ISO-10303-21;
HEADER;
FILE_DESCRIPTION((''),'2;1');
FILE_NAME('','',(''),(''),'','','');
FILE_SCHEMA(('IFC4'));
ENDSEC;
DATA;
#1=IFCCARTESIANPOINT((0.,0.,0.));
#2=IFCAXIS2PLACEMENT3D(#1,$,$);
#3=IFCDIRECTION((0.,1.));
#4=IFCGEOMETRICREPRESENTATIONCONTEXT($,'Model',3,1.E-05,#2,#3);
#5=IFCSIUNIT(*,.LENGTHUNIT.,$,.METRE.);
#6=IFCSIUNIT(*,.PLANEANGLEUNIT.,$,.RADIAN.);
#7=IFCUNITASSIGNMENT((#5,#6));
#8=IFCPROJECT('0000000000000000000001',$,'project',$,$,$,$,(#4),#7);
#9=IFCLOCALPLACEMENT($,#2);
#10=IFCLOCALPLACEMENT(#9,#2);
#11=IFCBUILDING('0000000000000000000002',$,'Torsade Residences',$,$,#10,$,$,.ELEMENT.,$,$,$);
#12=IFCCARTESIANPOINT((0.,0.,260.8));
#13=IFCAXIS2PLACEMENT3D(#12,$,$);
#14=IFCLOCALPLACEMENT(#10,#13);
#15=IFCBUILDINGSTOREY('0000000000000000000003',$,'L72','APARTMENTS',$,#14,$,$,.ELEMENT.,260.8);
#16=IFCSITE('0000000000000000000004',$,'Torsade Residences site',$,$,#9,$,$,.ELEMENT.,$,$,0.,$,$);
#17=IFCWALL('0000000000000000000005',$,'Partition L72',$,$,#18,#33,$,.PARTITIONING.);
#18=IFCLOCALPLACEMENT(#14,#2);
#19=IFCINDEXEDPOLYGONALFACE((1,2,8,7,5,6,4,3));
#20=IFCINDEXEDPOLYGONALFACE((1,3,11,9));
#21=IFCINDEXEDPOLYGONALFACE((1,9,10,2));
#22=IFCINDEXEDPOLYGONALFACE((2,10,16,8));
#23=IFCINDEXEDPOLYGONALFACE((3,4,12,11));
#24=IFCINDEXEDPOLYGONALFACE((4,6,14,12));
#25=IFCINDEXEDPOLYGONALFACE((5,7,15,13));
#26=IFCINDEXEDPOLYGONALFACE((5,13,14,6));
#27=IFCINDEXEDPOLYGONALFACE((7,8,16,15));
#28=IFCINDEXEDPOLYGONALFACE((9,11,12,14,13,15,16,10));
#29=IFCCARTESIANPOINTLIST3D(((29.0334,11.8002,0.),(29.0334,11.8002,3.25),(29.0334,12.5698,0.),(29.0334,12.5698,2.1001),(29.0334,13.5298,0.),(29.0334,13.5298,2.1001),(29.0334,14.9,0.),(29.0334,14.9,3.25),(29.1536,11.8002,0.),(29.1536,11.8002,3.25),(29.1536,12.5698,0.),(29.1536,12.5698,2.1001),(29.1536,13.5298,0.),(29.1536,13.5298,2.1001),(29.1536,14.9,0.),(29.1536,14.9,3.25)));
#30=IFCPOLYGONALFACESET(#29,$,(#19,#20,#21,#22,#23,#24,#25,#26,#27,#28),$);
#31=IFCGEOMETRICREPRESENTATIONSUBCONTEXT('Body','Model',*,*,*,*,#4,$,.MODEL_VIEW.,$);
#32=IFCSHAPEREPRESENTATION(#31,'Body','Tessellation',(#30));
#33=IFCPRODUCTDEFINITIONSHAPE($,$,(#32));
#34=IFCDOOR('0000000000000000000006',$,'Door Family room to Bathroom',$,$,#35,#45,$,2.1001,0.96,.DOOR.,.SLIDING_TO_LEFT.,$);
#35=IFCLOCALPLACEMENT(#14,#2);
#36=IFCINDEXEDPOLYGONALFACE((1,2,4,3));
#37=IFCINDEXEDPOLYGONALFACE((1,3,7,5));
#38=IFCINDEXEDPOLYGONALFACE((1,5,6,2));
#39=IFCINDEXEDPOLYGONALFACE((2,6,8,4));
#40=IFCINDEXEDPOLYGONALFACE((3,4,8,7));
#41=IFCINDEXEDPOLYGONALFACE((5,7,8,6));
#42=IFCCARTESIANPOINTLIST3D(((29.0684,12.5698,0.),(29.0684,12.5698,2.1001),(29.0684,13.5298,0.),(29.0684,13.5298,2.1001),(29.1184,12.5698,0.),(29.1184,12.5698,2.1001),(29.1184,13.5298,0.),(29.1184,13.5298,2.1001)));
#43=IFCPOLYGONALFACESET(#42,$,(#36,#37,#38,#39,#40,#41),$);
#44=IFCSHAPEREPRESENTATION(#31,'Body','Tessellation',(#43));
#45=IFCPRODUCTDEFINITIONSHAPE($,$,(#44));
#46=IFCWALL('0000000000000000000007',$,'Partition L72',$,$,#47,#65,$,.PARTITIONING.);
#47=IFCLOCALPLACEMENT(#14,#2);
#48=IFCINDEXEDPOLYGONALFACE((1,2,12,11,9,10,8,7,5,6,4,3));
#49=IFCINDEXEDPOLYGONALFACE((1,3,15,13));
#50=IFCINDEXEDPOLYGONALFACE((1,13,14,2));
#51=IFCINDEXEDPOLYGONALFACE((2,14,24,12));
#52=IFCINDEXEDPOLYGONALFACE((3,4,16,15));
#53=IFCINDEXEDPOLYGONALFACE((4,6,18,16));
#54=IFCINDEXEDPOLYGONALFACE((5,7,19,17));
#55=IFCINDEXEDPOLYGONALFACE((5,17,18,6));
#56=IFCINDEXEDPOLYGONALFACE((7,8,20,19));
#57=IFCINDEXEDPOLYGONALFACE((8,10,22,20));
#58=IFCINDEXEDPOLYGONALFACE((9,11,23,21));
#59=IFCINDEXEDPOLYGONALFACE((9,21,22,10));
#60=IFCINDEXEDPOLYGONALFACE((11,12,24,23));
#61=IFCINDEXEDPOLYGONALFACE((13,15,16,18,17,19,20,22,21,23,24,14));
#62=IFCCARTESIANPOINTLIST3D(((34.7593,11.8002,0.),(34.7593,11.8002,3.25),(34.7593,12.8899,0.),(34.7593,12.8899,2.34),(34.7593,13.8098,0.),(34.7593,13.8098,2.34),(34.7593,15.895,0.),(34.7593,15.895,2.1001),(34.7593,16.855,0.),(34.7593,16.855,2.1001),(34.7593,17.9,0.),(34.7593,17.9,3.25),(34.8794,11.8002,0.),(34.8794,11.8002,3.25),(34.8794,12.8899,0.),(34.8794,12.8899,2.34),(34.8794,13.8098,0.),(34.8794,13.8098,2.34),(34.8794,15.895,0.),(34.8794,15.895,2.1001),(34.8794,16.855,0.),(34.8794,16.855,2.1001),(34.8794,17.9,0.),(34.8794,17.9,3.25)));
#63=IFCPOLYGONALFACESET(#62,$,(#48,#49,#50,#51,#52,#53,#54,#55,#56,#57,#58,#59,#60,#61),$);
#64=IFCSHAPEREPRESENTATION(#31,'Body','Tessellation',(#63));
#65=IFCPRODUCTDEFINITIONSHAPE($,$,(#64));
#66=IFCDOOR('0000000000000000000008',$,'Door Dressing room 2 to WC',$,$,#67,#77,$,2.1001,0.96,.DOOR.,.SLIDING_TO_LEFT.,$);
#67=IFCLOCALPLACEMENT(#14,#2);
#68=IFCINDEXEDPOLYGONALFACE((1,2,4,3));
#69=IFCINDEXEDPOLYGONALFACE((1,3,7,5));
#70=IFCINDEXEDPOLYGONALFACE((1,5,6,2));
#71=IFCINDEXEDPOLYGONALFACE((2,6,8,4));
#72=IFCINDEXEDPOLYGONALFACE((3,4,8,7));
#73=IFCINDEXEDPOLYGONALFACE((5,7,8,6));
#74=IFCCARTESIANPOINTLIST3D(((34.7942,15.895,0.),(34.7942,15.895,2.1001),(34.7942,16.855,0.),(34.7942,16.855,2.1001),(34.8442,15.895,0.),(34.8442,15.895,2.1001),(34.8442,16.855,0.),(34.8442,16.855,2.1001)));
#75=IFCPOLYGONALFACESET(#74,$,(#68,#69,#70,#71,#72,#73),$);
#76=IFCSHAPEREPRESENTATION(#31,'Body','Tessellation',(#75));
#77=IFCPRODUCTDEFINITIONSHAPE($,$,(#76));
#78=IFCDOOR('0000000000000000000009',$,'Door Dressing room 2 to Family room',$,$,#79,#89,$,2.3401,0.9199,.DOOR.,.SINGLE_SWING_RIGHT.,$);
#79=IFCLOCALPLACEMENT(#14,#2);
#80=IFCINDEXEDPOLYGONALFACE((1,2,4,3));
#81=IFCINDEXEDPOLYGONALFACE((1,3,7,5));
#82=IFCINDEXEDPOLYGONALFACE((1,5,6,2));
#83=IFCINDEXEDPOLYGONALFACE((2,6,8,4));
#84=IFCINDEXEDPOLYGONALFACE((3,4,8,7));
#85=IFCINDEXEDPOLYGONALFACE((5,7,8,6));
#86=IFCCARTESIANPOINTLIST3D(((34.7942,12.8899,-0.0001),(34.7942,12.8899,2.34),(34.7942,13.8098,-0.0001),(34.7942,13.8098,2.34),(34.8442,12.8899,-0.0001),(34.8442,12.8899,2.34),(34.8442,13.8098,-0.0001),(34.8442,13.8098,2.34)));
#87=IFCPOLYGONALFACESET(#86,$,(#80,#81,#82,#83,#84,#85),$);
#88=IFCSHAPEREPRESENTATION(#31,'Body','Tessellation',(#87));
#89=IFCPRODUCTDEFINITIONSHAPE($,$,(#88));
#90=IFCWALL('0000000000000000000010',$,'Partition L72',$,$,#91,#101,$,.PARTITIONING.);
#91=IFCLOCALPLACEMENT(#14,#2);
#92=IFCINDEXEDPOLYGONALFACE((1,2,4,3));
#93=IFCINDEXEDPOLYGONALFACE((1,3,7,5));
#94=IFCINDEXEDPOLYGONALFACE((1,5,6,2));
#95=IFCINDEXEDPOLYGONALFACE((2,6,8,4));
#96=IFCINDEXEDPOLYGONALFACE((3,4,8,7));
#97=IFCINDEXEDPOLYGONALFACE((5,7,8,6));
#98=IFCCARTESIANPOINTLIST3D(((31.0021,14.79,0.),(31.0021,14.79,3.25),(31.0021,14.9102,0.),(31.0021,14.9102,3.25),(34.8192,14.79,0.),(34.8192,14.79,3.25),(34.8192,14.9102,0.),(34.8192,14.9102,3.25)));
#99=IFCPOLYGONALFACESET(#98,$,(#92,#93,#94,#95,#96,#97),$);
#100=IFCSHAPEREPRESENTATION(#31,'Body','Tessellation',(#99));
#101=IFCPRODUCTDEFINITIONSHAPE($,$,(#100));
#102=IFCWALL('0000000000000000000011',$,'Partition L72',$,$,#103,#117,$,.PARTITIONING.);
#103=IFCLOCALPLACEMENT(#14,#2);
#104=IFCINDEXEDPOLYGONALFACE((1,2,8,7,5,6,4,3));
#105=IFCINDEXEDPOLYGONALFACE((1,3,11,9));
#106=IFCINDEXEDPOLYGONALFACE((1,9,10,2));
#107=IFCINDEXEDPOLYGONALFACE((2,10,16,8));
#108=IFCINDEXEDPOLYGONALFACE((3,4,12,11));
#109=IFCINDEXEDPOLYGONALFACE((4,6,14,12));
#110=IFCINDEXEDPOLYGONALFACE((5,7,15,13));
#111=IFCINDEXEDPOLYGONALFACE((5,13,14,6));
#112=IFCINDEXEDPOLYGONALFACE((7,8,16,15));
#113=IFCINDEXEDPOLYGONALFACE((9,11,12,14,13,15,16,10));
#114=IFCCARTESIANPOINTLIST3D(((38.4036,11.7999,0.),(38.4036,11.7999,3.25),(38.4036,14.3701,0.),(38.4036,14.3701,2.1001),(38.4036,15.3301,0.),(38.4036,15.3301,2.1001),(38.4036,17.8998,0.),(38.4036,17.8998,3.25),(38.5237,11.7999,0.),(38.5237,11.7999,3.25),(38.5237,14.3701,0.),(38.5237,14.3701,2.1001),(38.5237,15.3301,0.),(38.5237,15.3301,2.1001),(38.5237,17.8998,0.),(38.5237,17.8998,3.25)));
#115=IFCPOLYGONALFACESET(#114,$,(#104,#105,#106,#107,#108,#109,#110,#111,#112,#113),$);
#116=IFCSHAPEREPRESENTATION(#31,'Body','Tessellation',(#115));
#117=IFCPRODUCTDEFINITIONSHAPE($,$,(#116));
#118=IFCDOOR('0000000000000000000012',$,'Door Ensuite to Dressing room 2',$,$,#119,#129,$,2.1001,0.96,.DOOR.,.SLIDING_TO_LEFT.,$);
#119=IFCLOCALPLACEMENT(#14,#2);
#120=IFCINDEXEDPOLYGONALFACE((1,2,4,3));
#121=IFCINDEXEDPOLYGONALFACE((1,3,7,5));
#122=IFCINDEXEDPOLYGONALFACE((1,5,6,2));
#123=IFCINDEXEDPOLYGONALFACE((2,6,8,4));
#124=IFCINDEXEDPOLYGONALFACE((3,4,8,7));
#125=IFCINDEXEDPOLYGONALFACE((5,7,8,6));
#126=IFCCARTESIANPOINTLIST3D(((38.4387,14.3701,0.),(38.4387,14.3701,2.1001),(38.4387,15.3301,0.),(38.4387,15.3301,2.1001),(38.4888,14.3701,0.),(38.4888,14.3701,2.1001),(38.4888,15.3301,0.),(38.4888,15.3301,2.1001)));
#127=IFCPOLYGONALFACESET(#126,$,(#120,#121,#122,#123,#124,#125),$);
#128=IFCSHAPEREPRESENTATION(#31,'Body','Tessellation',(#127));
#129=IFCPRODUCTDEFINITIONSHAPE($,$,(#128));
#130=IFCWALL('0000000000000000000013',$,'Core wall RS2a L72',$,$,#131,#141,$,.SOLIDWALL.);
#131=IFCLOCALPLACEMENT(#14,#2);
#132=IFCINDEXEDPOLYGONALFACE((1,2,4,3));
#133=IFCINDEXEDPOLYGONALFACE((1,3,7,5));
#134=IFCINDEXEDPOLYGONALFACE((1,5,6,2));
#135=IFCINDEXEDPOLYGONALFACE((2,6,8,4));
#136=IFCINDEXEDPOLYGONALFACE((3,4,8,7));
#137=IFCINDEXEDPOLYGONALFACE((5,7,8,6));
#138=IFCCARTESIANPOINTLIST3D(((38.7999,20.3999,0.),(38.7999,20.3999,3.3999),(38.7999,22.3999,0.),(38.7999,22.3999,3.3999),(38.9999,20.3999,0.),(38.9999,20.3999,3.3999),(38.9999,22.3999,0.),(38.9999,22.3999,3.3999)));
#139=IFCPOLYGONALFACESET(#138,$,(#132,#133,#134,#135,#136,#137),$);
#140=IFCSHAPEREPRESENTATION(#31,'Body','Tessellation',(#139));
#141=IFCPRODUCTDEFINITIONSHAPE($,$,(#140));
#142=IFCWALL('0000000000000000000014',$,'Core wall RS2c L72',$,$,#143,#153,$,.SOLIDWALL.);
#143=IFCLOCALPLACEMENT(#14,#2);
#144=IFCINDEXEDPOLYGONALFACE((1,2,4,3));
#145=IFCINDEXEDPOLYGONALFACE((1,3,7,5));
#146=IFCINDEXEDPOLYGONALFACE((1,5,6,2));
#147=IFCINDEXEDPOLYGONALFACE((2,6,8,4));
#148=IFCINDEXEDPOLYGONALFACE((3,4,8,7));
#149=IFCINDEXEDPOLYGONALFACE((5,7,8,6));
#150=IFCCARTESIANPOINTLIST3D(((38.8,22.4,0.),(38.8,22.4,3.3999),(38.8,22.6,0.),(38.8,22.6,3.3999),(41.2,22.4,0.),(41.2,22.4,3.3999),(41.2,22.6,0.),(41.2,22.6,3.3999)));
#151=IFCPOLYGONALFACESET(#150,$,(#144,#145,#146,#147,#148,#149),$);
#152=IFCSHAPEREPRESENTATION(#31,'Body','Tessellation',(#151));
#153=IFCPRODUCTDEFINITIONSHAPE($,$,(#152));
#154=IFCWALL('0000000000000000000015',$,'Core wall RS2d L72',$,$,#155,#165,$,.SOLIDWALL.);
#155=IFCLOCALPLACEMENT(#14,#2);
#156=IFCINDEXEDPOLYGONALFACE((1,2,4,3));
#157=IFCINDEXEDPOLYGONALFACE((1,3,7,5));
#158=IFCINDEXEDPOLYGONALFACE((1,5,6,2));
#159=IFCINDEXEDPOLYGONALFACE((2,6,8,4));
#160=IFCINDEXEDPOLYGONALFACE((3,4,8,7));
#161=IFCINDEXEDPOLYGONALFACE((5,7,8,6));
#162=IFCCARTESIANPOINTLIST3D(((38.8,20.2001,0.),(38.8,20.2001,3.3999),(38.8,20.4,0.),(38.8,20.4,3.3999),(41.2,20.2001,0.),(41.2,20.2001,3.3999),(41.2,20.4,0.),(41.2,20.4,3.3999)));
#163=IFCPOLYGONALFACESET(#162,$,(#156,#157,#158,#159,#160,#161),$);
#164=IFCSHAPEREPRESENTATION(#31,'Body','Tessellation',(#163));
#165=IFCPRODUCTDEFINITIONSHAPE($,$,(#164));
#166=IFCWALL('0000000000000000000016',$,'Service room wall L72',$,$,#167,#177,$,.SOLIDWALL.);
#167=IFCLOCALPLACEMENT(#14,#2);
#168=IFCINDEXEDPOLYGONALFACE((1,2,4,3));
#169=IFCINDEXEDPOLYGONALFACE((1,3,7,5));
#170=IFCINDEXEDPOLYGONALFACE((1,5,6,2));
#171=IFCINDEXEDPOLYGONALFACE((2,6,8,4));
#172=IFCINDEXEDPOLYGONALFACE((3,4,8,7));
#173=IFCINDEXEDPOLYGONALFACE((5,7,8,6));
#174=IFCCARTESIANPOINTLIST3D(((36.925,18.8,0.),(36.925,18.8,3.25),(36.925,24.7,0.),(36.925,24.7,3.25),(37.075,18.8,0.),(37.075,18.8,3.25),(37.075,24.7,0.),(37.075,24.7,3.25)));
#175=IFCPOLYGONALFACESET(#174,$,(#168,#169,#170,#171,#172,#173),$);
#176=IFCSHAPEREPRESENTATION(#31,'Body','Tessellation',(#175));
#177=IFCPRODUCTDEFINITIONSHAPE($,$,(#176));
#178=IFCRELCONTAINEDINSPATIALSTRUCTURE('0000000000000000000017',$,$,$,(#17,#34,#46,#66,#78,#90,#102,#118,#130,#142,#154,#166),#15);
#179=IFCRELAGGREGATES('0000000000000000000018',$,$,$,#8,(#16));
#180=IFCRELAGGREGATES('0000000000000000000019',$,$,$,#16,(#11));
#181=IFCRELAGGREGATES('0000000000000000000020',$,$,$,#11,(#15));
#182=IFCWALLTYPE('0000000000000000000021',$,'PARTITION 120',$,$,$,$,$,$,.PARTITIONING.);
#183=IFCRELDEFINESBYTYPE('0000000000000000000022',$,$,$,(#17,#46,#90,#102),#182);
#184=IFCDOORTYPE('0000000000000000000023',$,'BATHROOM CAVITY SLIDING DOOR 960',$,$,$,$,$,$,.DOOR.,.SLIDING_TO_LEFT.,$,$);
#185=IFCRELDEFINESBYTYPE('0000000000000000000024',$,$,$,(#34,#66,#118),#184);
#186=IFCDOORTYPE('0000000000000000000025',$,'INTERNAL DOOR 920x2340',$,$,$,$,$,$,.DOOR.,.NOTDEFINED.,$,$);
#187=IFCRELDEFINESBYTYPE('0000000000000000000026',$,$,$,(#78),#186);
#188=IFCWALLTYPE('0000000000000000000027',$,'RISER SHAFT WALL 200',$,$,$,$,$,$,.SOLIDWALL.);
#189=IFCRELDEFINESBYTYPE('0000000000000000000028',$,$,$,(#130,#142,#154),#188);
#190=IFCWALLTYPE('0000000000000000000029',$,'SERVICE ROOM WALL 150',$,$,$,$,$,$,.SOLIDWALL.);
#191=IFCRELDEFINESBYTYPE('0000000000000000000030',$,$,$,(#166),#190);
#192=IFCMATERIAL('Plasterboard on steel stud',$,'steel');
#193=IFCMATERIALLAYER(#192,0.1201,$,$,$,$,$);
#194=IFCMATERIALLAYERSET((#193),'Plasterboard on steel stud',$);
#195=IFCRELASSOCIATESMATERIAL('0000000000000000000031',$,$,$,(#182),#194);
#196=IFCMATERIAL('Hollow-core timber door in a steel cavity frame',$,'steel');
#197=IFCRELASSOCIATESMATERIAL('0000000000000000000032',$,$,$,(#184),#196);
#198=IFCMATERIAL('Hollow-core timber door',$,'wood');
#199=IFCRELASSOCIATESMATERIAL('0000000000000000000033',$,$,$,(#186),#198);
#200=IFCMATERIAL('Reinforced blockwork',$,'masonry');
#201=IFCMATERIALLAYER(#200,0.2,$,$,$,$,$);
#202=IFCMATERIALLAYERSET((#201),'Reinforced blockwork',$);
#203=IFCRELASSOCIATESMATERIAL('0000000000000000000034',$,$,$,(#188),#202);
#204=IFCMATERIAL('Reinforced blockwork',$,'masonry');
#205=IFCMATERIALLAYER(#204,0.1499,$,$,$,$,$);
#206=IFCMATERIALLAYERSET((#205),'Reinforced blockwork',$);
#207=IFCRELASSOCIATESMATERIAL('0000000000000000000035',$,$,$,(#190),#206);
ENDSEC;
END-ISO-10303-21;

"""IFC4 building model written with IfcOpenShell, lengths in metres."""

from ifc_helpers import new_model, si_unit, direction, frame, frame_2d, origin, place, context, subcontext, project, spatial, rectangle, extrude, material, layer, layer_set, type_object, element, fill, save


model = new_model("IFC4")

# Units and contexts
model_context = context("Model", 3, precision=1e-05, world=origin(), true_north=direction((0.0, 1.0)))
body_context = subcontext(model_context, "Body", "Model", "MODEL_VIEW")
ifc_project = project(units=[si_unit("LENGTHUNIT", "METRE"), si_unit("PLANEANGLEUNIT", "RADIAN")], contexts=[model_context])

# Site, building, storey
site_placement = place(None, origin())
site = spatial("IfcSite", under=ifc_project, at=site_placement, Name="Torsade Residences site", CompositionType="ELEMENT", RefElevation=0.0)
building_placement = place(site_placement, origin())
building = spatial("IfcBuilding", under=site, at=building_placement, Name="Torsade Residences", CompositionType="ELEMENT")
storey_placement = place(building_placement, frame((0.0, 0.0, 260.8)))
storey = spatial("IfcBuildingStorey", under=building, at=storey_placement, Name="L72", Description="APARTMENTS", CompositionType="ELEMENT", Elevation=260.8)

# Wall, opening, door
ifc_material_1 = material(Name="Plasterboard on steel stud", Category="steel")
ifc_layer_1 = layer(ifc_material_1, 0.1201)
ifc_layer_set_1 = layer_set([ifc_layer_1], Name="Plasterboard on steel stud")
wall_type_1 = type_object("IfcWallType", Name="PARTITION 120", PredefinedType="PARTITIONING", material=ifc_layer_set_1)
wall_1_placement = place(storey_placement, frame((29.0935, 14.8999, 0.0), z_axis=(0.0, 0.0, 1.0), x_axis=(0.0, -1.0, 0.0)))
wall_1 = element("IfcWall", 1, at=wall_1_placement, inside=storey, type_object=wall_type_1, Name="Partition L72", PredefinedType="PARTITIONING", context=body_context, shape_type="SweptSolid", body=[
    extrude(rectangle(XDim=3.0999, YDim=0.1201, at=frame_2d((1.5498, 0.0))), origin(), (0.0, 0.0, 1.0), 3.25),
])
opening_1_placement = place(wall_1_placement, frame((1.3701, 0.0, 0.0)))
opening_1 = element("IfcOpeningElement", 2, at=opening_1_placement, cuts=wall_1, PredefinedType="OPENING", context=body_context, shape_type="SweptSolid", body=[
    extrude(rectangle(XDim=0.96, YDim=2.1001, at=frame_2d((0.48, 1.05))), frame((0.0, 0.0701, 0.0), z_axis=(0.0, -1.0, 0.0), x_axis=(1.0, 0.0, 0.0)), (0.0, 0.0, 1.0), 0.1401),
])
ifc_material_2 = material(Name="Hollow-core timber door in a steel cavity frame", Category="steel")
door_type_1 = type_object("IfcDoorType", Name="BATHROOM CAVITY SLIDING DOOR 960", OperationType="SLIDING_TO_LEFT", PredefinedType="DOOR", material=ifc_material_2)
door_1_placement = place(opening_1_placement, origin())
door_1 = element("IfcDoor", 3, at=door_1_placement, inside=storey, type_object=door_type_1, Name="Door Family room to Bathroom", OperationType="SLIDING_TO_LEFT", OverallHeight=2.1001, OverallWidth=0.96, PredefinedType="DOOR", context=body_context, shape_type="SweptSolid", body=[
    extrude(rectangle(XDim=0.96, YDim=2.1001, at=frame_2d((0.48, 1.05))), frame((0.0, 0.0249, 0.0), z_axis=(0.0, -1.0, 0.0), x_axis=(1.0, 0.0, 0.0)), (0.0, 0.0, 1.0), 0.05),
])
fill(opening_1, door_1)

# Wall, openings, doors
wall_2_placement = place(storey_placement, frame((34.8193, 17.8999, 0.0), z_axis=(0.0, 0.0, 1.0), x_axis=(0.0, -1.0, 0.0)))
wall_2 = element("IfcWall", 4, at=wall_2_placement, inside=storey, type_object=wall_type_1, Name="Partition L72", PredefinedType="PARTITIONING", context=body_context, shape_type="SweptSolid", body=[
    extrude(rectangle(XDim=6.0999, YDim=0.1201, at=frame_2d((3.0498, 0.0))), origin(), (0.0, 0.0, 1.0), 3.25),
])
opening_2_placement = place(wall_2_placement, frame((4.0901, 0.0, 0.0)))
opening_2 = element("IfcOpeningElement", 5, at=opening_2_placement, cuts=wall_2, PredefinedType="OPENING", context=body_context, shape_type="SweptSolid", body=[
    extrude(rectangle(XDim=0.9199, YDim=2.3401, at=frame_2d((0.46, 1.1699))), frame((0.0, 0.0701, 0.0), z_axis=(0.0, -1.0, 0.0), x_axis=(1.0, 0.0, 0.0)), (0.0, 0.0, 1.0), 0.1401),
])
opening_3_placement = place(wall_2_placement, frame((1.0449, 0.0, 0.0)))
opening_3 = element("IfcOpeningElement", 6, at=opening_3_placement, cuts=wall_2, PredefinedType="OPENING", context=body_context, shape_type="SweptSolid", body=[
    extrude(rectangle(XDim=0.96, YDim=2.1001, at=frame_2d((0.48, 1.05))), frame((0.0, 0.0701, 0.0), z_axis=(0.0, -1.0, 0.0), x_axis=(1.0, 0.0, 0.0)), (0.0, 0.0, 1.0), 0.1401),
])
door_2_placement = place(opening_3_placement, origin())
door_2 = element("IfcDoor", 7, at=door_2_placement, inside=storey, type_object=door_type_1, Name="Door Dressing room 2 to WC", OperationType="SLIDING_TO_LEFT", OverallHeight=2.1001, OverallWidth=0.96, PredefinedType="DOOR", context=body_context, shape_type="SweptSolid", body=[
    extrude(rectangle(XDim=0.96, YDim=2.1001, at=frame_2d((0.48, 1.05))), frame((0.0, 0.0249, 0.0), z_axis=(0.0, -1.0, 0.0), x_axis=(1.0, 0.0, 0.0)), (0.0, 0.0, 1.0), 0.05),
])
fill(opening_3, door_2)
ifc_material_3 = material(Name="Hollow-core timber door", Category="wood")
door_type_2 = type_object("IfcDoorType", Name="INTERNAL DOOR 920x2340", OperationType="NOTDEFINED", PredefinedType="DOOR", material=ifc_material_3)
door_3_placement = place(opening_2_placement, origin())
door_3 = element("IfcDoor", 8, at=door_3_placement, inside=storey, type_object=door_type_2, Name="Door Dressing room 2 to Family room", OperationType="SINGLE_SWING_RIGHT", OverallHeight=2.3401, OverallWidth=0.9199, PredefinedType="DOOR", context=body_context, shape_type="SweptSolid", body=[
    extrude(rectangle(XDim=0.9199, YDim=2.3401, at=frame_2d((0.46, 1.1699))), frame((0.0, 0.0249, 0.0), z_axis=(0.0, -1.0, 0.0), x_axis=(1.0, 0.0, 0.0)), (0.0, 0.0, 1.0), 0.05),
])
fill(opening_2, door_3)

# Wall
wall_3_placement = place(storey_placement, frame((34.8193, 14.8501, 0.0), z_axis=(0.0, 0.0, 1.0), x_axis=(-1.0, 0.0, 0.0)))
element("IfcWall", 9, at=wall_3_placement, inside=storey, type_object=wall_type_1, Name="Partition L72", PredefinedType="PARTITIONING", context=body_context, shape_type="SweptSolid", body=[
    extrude(rectangle(XDim=3.8171, YDim=0.1201, at=frame_2d((1.9087, 0.0))), origin(), (0.0, 0.0, 1.0), 3.25),
])

# Wall, opening, door
wall_4_placement = place(storey_placement, frame((38.4636, 11.8, 0.0), z_axis=(0.0, 0.0, 1.0), x_axis=(0.0, 1.0, 0.0)))
wall_4 = element("IfcWall", 10, at=wall_4_placement, inside=storey, type_object=wall_type_1, Name="Partition L72", PredefinedType="PARTITIONING", context=body_context, shape_type="SweptSolid", body=[
    extrude(rectangle(XDim=6.0999, YDim=0.1201, at=frame_2d((3.0498, 0.0))), origin(), (0.0, 0.0, 1.0), 3.25),
])
opening_4_placement = place(wall_4_placement, frame((2.5701, 0.0, 0.0)))
opening_4 = element("IfcOpeningElement", 11, at=opening_4_placement, cuts=wall_4, PredefinedType="OPENING", context=body_context, shape_type="SweptSolid", body=[
    extrude(rectangle(XDim=0.96, YDim=2.1001, at=frame_2d((0.48, 1.05))), frame((0.0, 0.0701, 0.0), z_axis=(0.0, -1.0, 0.0), x_axis=(1.0, 0.0, 0.0)), (0.0, 0.0, 1.0), 0.1401),
])
door_4_placement = place(opening_4_placement, origin())
door_4 = element("IfcDoor", 12, at=door_4_placement, inside=storey, type_object=door_type_1, Name="Door Ensuite to Dressing room 2", OperationType="SLIDING_TO_LEFT", OverallHeight=2.1001, OverallWidth=0.96, PredefinedType="DOOR", context=body_context, shape_type="SweptSolid", body=[
    extrude(rectangle(XDim=0.96, YDim=2.1001, at=frame_2d((0.48, 1.05))), frame((0.0, 0.0249, 0.0), z_axis=(0.0, -1.0, 0.0), x_axis=(1.0, 0.0, 0.0)), (0.0, 0.0, 1.0), 0.05),
])
fill(opening_4, door_4)

# Walls
ifc_material_4 = material(Name="Reinforced blockwork", Category="masonry")
ifc_layer_2 = layer(ifc_material_4, 0.2)
ifc_layer_set_2 = layer_set([ifc_layer_2], Name="Reinforced blockwork")
wall_type_2 = type_object("IfcWallType", Name="RISER SHAFT WALL 200", PredefinedType="SOLIDWALL", material=ifc_layer_set_2)
wall_5_placement = place(storey_placement, frame((38.8999, 22.3999, 0.0), z_axis=(0.0, 0.0, 1.0), x_axis=(0.0, -1.0, 0.0)))
element("IfcWall", 13, at=wall_5_placement, inside=storey, type_object=wall_type_2, Name="Core wall RS2a L72", PredefinedType="SOLIDWALL", context=body_context, shape_type="SweptSolid", body=[
    extrude(rectangle(XDim=2.0, YDim=0.2, at=frame_2d((1.0, 0.0))), origin(), (0.0, 0.0, 1.0), 3.3999),
])
for number, where, z_axis, x_axis, name in (
    (14, (38.8, 22.5, 0.0), (0.0, 0.0, 1.0), (1.0, 0.0, 0.0), "Core wall RS2c L72"),
    (15, (38.8, 20.3, 0.0), (0.0, 0.0, 1.0), (1.0, 0.0, 0.0), "Core wall RS2d L72"),
):
    element("IfcWall", number, at=place(storey_placement, frame(where, z_axis=z_axis, x_axis=x_axis)), inside=storey, type_object=wall_type_2, Name=name, PredefinedType="SOLIDWALL", context=body_context, shape_type="SweptSolid", body=[
        extrude(rectangle(XDim=2.3999, YDim=0.2, at=frame_2d((1.2, 0.0))), origin(), (0.0, 0.0, 1.0), 3.3999),
    ])
ifc_material_5 = material(Name="Reinforced blockwork", Category="masonry")
ifc_layer_3 = layer(ifc_material_5, 0.1499)
ifc_layer_set_3 = layer_set([ifc_layer_3], Name="Reinforced blockwork")
wall_type_3 = type_object("IfcWallType", Name="SERVICE ROOM WALL 150", PredefinedType="SOLIDWALL", material=ifc_layer_set_3)
wall_6_placement = place(storey_placement, frame((37.0, 18.8, 0.0), z_axis=(0.0, 0.0, 1.0), x_axis=(0.0, 1.0, 0.0)))
element("IfcWall", 16, at=wall_6_placement, inside=storey, type_object=wall_type_3, Name="Service room wall L72", PredefinedType="SOLIDWALL", context=body_context, shape_type="SweptSolid", body=[
    extrude(rectangle(XDim=5.8999, YDim=0.1499, at=frame_2d((2.95, 0.0))), origin(), (0.0, 0.0, 1.0), 3.25),
])

save(model, "model.ifc")
